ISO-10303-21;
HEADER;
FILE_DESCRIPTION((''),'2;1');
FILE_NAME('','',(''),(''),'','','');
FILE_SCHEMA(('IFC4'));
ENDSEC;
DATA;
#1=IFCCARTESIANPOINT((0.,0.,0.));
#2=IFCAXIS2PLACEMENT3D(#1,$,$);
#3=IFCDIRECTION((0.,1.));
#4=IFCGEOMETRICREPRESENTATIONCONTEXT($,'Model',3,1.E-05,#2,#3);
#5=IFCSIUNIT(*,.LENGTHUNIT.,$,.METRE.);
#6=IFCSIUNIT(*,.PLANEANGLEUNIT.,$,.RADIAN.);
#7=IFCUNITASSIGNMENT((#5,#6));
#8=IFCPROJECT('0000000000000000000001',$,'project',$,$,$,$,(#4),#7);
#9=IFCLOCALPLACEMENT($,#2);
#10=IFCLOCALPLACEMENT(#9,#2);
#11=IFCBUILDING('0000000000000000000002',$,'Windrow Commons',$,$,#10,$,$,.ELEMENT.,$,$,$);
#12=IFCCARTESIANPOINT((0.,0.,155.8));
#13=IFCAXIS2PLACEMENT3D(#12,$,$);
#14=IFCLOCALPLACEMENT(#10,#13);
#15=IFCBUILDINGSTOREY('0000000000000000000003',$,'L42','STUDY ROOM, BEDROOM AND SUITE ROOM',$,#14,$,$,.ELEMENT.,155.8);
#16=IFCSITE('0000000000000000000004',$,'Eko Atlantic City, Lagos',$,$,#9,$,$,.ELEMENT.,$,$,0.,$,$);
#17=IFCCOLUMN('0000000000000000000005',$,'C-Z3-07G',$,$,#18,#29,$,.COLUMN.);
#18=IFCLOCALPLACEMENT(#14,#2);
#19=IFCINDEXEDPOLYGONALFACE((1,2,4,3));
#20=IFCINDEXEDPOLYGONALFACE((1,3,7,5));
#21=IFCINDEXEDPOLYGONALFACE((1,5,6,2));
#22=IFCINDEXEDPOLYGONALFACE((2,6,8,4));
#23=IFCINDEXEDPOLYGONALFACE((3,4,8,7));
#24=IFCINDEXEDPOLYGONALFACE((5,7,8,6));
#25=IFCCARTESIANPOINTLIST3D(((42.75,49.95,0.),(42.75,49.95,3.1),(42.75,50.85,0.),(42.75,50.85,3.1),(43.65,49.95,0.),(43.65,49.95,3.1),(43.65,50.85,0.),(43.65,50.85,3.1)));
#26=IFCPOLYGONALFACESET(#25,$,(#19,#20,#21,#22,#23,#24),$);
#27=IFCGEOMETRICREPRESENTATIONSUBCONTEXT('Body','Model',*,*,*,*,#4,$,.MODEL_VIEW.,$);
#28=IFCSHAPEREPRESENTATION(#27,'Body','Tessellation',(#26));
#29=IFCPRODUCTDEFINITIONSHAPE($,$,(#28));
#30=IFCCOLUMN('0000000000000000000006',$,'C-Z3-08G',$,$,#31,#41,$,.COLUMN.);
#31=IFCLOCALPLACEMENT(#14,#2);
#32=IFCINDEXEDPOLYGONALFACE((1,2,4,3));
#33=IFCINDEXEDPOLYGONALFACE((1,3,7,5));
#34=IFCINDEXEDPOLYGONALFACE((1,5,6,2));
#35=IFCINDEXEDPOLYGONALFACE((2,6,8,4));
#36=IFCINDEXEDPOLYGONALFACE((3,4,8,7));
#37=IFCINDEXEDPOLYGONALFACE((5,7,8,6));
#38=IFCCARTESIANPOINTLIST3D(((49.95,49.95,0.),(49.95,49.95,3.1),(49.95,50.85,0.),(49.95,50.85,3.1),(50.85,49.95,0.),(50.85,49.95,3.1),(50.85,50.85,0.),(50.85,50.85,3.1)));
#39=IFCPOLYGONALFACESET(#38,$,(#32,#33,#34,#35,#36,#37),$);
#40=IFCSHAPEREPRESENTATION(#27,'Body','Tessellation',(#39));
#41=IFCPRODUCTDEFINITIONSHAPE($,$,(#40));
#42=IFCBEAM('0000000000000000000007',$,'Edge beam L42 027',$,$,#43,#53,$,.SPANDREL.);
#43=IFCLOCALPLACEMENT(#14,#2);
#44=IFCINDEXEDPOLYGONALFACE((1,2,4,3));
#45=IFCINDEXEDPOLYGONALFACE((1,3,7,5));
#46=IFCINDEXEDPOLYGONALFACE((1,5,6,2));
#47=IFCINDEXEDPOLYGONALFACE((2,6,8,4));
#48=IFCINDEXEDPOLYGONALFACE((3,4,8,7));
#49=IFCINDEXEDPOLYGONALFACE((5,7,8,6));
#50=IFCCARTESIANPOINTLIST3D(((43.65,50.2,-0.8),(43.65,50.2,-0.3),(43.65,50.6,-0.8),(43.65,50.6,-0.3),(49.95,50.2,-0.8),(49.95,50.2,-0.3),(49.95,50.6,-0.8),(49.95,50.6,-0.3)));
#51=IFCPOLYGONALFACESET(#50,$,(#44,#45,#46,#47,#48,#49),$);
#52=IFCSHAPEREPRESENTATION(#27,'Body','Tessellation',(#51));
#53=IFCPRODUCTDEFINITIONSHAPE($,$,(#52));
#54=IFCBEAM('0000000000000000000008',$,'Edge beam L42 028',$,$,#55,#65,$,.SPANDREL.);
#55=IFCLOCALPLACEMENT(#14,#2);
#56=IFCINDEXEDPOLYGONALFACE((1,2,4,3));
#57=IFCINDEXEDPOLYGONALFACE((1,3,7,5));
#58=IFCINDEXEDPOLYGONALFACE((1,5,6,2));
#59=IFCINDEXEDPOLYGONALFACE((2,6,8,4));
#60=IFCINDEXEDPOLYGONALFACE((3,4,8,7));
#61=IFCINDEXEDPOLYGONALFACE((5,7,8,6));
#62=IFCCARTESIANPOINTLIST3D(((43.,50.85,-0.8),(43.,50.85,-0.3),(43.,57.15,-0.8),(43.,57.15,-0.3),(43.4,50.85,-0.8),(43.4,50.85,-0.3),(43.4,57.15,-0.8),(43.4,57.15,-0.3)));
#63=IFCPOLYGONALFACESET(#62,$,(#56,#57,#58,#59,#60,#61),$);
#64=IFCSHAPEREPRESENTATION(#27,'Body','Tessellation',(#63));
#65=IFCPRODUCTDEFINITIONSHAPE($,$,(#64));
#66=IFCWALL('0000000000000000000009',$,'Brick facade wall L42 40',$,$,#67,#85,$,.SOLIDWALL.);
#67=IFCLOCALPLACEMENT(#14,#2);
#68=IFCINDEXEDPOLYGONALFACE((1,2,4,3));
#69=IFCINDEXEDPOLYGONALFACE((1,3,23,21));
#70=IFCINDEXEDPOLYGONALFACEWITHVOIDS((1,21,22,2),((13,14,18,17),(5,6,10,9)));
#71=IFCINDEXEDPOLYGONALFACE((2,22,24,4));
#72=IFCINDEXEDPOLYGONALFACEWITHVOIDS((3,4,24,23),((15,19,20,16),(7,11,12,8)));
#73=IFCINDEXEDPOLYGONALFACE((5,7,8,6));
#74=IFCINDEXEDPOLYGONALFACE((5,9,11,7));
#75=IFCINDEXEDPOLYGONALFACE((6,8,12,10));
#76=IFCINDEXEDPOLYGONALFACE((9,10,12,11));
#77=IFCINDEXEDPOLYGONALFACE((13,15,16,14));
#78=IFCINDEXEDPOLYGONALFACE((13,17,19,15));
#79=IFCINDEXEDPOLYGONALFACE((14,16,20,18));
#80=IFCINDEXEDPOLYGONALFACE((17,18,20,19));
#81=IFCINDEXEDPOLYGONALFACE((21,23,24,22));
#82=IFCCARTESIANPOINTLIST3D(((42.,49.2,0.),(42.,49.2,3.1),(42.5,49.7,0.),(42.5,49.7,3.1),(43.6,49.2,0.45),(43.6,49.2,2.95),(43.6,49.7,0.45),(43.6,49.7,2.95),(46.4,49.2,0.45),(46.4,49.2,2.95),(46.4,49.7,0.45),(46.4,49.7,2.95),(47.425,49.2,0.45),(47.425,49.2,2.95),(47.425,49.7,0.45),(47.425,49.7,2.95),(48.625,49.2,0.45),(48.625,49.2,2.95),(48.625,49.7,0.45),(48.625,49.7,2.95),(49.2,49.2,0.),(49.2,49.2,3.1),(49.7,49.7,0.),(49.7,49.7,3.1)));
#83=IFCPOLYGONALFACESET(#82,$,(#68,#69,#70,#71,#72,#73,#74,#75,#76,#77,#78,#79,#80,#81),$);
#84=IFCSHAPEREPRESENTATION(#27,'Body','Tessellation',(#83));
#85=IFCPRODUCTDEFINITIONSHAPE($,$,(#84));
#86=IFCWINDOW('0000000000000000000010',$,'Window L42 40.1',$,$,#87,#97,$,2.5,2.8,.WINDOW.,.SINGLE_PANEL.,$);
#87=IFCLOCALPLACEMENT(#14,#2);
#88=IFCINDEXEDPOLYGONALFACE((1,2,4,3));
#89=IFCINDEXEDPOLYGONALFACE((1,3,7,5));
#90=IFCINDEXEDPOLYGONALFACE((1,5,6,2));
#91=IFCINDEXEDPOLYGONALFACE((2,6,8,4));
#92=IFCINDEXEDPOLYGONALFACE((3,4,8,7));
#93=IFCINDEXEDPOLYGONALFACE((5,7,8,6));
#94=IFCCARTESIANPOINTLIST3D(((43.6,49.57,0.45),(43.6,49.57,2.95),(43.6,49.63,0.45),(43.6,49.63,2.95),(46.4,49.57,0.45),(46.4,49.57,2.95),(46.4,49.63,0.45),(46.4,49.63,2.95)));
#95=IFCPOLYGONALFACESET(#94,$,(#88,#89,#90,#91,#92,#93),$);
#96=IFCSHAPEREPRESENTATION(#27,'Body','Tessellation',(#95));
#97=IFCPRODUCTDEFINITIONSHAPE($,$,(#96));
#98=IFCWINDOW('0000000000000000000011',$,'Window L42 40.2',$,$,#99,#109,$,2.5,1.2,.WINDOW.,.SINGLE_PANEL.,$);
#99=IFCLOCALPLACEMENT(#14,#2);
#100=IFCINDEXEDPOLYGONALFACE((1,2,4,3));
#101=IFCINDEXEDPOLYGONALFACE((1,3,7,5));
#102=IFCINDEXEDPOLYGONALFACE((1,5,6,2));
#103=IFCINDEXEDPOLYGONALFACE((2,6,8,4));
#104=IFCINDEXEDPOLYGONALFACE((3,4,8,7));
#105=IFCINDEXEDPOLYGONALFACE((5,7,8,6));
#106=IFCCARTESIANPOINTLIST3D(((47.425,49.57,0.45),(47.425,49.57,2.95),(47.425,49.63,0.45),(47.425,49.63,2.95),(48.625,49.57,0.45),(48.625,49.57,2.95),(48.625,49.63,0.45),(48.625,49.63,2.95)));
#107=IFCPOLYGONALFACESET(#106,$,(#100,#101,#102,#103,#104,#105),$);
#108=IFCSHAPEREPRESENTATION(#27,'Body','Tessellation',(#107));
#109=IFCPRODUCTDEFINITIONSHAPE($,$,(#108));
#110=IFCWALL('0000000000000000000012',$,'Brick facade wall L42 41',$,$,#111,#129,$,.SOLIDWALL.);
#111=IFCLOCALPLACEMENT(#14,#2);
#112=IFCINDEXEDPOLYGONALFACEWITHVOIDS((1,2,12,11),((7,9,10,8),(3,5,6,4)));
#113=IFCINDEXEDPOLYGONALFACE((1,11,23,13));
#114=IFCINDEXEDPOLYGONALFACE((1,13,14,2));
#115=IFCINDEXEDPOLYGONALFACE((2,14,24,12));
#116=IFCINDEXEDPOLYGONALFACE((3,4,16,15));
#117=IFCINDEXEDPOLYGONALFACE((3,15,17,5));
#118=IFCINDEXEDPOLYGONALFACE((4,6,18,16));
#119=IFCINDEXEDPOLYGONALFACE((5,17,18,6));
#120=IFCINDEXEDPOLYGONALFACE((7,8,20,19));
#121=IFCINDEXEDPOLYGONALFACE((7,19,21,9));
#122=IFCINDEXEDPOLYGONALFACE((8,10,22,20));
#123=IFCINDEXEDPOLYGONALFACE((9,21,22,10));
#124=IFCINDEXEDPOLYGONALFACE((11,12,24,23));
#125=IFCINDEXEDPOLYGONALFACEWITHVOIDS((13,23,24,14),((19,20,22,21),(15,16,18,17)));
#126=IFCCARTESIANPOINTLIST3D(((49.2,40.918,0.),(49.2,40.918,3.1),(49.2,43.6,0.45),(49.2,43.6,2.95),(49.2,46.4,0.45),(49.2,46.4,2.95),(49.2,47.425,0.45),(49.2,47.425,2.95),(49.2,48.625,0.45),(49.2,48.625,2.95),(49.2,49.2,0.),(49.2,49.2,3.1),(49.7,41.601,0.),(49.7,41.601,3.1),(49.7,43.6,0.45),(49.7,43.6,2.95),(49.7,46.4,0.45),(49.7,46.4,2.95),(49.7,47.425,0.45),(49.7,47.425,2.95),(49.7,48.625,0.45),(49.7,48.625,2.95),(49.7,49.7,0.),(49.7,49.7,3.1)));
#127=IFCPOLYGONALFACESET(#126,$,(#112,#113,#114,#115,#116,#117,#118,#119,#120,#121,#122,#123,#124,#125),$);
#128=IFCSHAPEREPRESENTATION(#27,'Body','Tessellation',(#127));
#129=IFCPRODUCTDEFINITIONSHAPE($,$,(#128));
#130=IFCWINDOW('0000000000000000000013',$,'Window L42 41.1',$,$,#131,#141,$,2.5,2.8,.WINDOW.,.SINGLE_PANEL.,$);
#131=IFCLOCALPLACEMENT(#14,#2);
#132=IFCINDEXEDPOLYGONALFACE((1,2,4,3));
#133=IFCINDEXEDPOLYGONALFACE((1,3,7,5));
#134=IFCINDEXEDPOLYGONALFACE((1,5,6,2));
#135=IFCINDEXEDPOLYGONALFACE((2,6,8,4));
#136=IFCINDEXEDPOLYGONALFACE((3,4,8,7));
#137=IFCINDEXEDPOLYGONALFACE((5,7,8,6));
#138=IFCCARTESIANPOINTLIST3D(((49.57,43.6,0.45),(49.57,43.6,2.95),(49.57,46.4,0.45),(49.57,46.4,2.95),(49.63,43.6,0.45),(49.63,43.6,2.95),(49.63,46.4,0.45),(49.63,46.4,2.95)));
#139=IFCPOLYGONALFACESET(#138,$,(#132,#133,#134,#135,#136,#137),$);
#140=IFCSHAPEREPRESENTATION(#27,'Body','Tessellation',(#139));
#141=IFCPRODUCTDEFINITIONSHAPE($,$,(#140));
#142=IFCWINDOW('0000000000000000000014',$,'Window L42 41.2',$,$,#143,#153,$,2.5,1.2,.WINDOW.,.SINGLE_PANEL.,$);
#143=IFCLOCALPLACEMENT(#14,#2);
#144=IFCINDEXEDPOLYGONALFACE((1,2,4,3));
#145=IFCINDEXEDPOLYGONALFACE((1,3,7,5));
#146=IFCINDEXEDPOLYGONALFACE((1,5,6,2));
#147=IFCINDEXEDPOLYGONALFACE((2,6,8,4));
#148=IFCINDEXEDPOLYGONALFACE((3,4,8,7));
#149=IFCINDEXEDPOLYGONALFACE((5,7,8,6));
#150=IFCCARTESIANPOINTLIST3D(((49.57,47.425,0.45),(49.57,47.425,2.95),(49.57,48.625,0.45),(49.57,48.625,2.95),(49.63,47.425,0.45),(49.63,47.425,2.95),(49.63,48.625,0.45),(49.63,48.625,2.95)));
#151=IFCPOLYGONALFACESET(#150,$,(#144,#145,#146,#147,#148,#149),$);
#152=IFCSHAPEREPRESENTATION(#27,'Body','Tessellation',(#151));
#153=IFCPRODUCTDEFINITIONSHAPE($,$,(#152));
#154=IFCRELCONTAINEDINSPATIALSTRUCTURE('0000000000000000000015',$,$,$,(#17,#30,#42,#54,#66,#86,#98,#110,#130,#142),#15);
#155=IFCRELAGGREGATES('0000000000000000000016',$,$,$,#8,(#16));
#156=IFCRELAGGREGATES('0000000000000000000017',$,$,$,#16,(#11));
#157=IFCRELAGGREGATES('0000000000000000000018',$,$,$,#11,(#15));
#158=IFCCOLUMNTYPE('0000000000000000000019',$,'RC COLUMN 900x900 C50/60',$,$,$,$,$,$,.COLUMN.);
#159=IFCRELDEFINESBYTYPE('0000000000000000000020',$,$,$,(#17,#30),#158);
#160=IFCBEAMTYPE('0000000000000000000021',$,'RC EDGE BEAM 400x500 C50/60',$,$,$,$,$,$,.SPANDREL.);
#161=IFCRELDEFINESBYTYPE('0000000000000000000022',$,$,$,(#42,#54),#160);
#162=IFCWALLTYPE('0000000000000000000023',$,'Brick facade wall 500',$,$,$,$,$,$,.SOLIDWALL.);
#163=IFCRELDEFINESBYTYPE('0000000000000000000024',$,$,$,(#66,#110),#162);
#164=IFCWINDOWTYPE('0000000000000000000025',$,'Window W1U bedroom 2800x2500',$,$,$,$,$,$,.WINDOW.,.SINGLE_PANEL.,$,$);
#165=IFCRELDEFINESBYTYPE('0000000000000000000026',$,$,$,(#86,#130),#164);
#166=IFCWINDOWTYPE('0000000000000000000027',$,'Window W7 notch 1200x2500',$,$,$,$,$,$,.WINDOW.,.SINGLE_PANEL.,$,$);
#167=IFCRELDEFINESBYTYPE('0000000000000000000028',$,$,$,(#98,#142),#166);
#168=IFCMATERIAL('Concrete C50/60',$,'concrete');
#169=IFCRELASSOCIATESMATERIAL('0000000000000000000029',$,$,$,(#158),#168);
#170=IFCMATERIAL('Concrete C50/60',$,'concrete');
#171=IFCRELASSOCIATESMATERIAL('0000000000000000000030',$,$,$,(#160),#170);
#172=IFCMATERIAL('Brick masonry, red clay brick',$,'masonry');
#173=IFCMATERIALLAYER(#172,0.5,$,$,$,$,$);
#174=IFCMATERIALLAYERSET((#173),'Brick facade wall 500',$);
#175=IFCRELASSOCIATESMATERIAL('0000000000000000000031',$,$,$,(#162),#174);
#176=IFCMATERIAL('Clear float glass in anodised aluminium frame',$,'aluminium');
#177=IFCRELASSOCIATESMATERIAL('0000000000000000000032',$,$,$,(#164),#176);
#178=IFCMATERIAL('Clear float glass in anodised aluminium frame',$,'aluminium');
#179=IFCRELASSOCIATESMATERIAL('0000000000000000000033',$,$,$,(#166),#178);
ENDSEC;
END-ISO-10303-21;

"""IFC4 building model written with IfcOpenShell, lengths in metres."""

from ifc_helpers import new_model, si_unit, direction, frame, frame_2d, origin, origin_2d, place, context, subcontext, project, spatial, polyline, rectangle, outline, extrude, material, layer, layer_set, material_profile, profile_set, type_object, element, fill, save


model = new_model("IFC4")

# Units and contexts
model_context = context("Model", 3, precision=1e-05, world=origin(), true_north=direction((0.0, 1.0)))
body_context = subcontext(model_context, "Body", "Model", "MODEL_VIEW")
ifc_project = project(units=[si_unit("LENGTHUNIT", "METRE"), si_unit("PLANEANGLEUNIT", "RADIAN")], contexts=[model_context])

# Site, building, storey
site_placement = place(None, origin())
site = spatial("IfcSite", under=ifc_project, at=site_placement, Name="Eko Atlantic City, Lagos", CompositionType="ELEMENT", RefElevation=0.0)
building_placement = place(site_placement, origin())
building = spatial("IfcBuilding", under=site, at=building_placement, Name="Windrow Commons", CompositionType="ELEMENT")
storey_placement = place(building_placement, frame((0.0, 0.0, 155.8)))
storey = spatial("IfcBuildingStorey", under=building, at=storey_placement, Name="L42", Description="STUDY ROOM, BEDROOM AND SUITE ROOM", CompositionType="ELEMENT", Elevation=155.8)

# Columns
ifc_material_1 = material(Name="Concrete C50/60", Category="concrete")
ifc_material_profile_1 = material_profile(ifc_material_1, rectangle(XDim=0.9, YDim=0.9, at=origin_2d()))
ifc_profile_set_1 = profile_set([ifc_material_profile_1], Name="Concrete C50/60")
column_type = type_object("IfcColumnType", Name="RC COLUMN 900x900 C50/60", PredefinedType="COLUMN", material=ifc_profile_set_1)
for number, where, z_axis, x_axis, name in (
    (1, (43.2, 50.4, 0.0), (0.0, 0.0, 1.0), (1.0, 0.0, 0.0), "C-Z3-07G"),
    (2, (50.4, 50.4, 0.0), (0.0, 0.0, 1.0), (1.0, 0.0, 0.0), "C-Z3-08G"),
):
    element("IfcColumn", number, at=place(storey_placement, frame(where, z_axis=z_axis, x_axis=x_axis)), inside=storey, type_object=column_type, Name=name, PredefinedType="COLUMN", context=body_context, shape_type="SweptSolid", body=[
        extrude(rectangle(XDim=0.9, YDim=0.9, at=origin_2d()), origin(), (0.0, 0.0, 1.0), 3.1),
    ])

# Beams
ifc_material_2 = material(Name="Concrete C50/60", Category="concrete")
ifc_material_profile_2 = material_profile(ifc_material_2, rectangle(XDim=0.4, YDim=0.5, at=origin_2d()))
ifc_profile_set_2 = profile_set([ifc_material_profile_2], Name="Concrete C50/60")
beam_type = type_object("IfcBeamType", Name="RC EDGE BEAM 400x500 C50/60", PredefinedType="SPANDREL", material=ifc_profile_set_2)
for number, where, z_axis, x_axis, name in (
    (3, (49.95, 50.4, -0.55), (-1.0, 0.0, 0.0), (0.0, -1.0, 0.0), "Edge beam L42 027"),
    (4, (43.2, 50.85, -0.55), (0.0, 1.0, 0.0), (-1.0, 0.0, 0.0), "Edge beam L42 028"),
):
    element("IfcBeam", number, at=place(storey_placement, frame(where, z_axis=z_axis, x_axis=x_axis)), inside=storey, type_object=beam_type, Name=name, PredefinedType="SPANDREL", context=body_context, shape_type="SweptSolid", body=[
        extrude(rectangle(XDim=0.4, YDim=0.5, at=origin_2d()), origin(), (0.0, 0.0, 1.0), 6.3),
    ])

# Walls, openings, windows
ifc_material_3 = material(Name="Brick masonry, red clay brick", Category="masonry")
ifc_layer_1 = layer(ifc_material_3, 0.5)
ifc_layer_set_1 = layer_set([ifc_layer_1], Name="Brick facade wall 500")
wall_type_1 = type_object("IfcWallType", Name="Brick facade wall 500", PredefinedType="SOLIDWALL", material=ifc_layer_set_1)
wall_1_placement = place(storey_placement, frame((42.25, 49.45, 0.0), z_axis=(0.0, 0.0, 1.0), x_axis=(1.0, 0.0, 0.0)))
wall_1 = element("IfcWall", 5, at=wall_1_placement, inside=storey, type_object=wall_type_1, Name="Brick facade wall L42 40", PredefinedType="SOLIDWALL", context=body_context, shape_type="SweptSolid", body=[
    extrude(outline(polyline([(-0.25, -0.25), (6.95, -0.25), (7.45, 0.25), (0.25, 0.25), (-0.25, -0.25)])), origin(), (0.0, 0.0, 1.0), 3.1),
])
opening_1_placement = place(wall_1_placement, frame((1.35, 0.0, 0.45)))
opening_1 = element("IfcOpeningElement", 6, at=opening_1_placement, cuts=wall_1, PredefinedType="OPENING", context=body_context, shape_type="SweptSolid", body=[
    extrude(rectangle(XDim=2.8, YDim=2.5, at=frame_2d((1.4, 1.25))), frame((0.0, 0.26, 0.0), z_axis=(0.0, -1.0, 0.0), x_axis=(1.0, 0.0, 0.0)), (0.0, 0.0, 1.0), 0.52),
])
opening_2_placement = place(wall_1_placement, frame((5.175, 0.0, 0.45)))
opening_2 = element("IfcOpeningElement", 7, at=opening_2_placement, cuts=wall_1, PredefinedType="OPENING", context=body_context, shape_type="SweptSolid", body=[
    extrude(rectangle(XDim=1.2, YDim=2.5, at=frame_2d((0.6, 1.25))), frame((0.0, 0.26, 0.0), z_axis=(0.0, -1.0, 0.0), x_axis=(1.0, 0.0, 0.0)), (0.0, 0.0, 1.0), 0.52),
])
ifc_material_4 = material(Name="Clear float glass in anodised aluminium frame", Category="aluminium")
window_type_1 = type_object("IfcWindowType", Name="Window W1U bedroom 2800x2500", PartitioningType="SINGLE_PANEL", PredefinedType="WINDOW", material=ifc_material_4)
window_1_placement = place(opening_1_placement, origin())
window_1 = element("IfcWindow", 8, at=window_1_placement, inside=storey, type_object=window_type_1, Name="Window L42 40.1", OverallHeight=2.5, OverallWidth=2.8, PartitioningType="SINGLE_PANEL", PredefinedType="WINDOW", context=body_context, shape_type="SweptSolid", body=[
    extrude(rectangle(XDim=2.8, YDim=2.5, at=frame_2d((1.4, 1.25))), frame((0.0, 0.18, 0.0), z_axis=(0.0, -1.0, 0.0), x_axis=(1.0, 0.0, 0.0)), (0.0, 0.0, 1.0), 0.06),
])
fill(opening_1, window_1)
ifc_material_5 = material(Name="Clear float glass in anodised aluminium frame", Category="aluminium")
window_type_2 = type_object("IfcWindowType", Name="Window W7 notch 1200x2500", PartitioningType="SINGLE_PANEL", PredefinedType="WINDOW", material=ifc_material_5)
window_2_placement = place(opening_2_placement, origin())
window_2 = element("IfcWindow", 9, at=window_2_placement, inside=storey, type_object=window_type_2, Name="Window L42 40.2", OverallHeight=2.5, OverallWidth=1.2, PartitioningType="SINGLE_PANEL", PredefinedType="WINDOW", context=body_context, shape_type="SweptSolid", body=[
    extrude(rectangle(XDim=1.2, YDim=2.5, at=frame_2d((0.6, 1.25))), frame((0.0, 0.18, 0.0), z_axis=(0.0, -1.0, 0.0), x_axis=(1.0, 0.0, 0.0)), (0.0, 0.0, 1.0), 0.06),
])
fill(opening_2, window_2)
wall_2_placement = place(storey_placement, frame((49.45, 49.45, 0.0), z_axis=(0.0, 0.0, 1.0), x_axis=(0.0, -1.0, 0.0)))
wall_2 = element("IfcWall", 10, at=wall_2_placement, inside=storey, type_object=wall_type_1, Name="Brick facade wall L42 41", PredefinedType="SOLIDWALL", context=body_context, shape_type="SweptSolid", body=[
    extrude(outline(polyline([(0.25, -0.25), (8.532, -0.25), (7.849, 0.25), (-0.25, 0.25), (0.25, -0.25)])), origin(), (0.0, 0.0, 1.0), 3.1),
])
opening_3_placement = place(wall_2_placement, frame((3.05, 0.0, 0.45)))
opening_3 = element("IfcOpeningElement", 11, at=opening_3_placement, cuts=wall_2, PredefinedType="OPENING", context=body_context, shape_type="SweptSolid", body=[
    extrude(rectangle(XDim=2.8, YDim=2.5, at=frame_2d((1.4, 1.25))), frame((0.0, 0.26, 0.0), z_axis=(0.0, -1.0, 0.0), x_axis=(1.0, 0.0, 0.0)), (0.0, 0.0, 1.0), 0.52),
])
opening_4_placement = place(wall_2_placement, frame((0.825, 0.0, 0.45)))
opening_4 = element("IfcOpeningElement", 12, at=opening_4_placement, cuts=wall_2, PredefinedType="OPENING", context=body_context, shape_type="SweptSolid", body=[
    extrude(rectangle(XDim=1.2, YDim=2.5, at=frame_2d((0.6, 1.25))), frame((0.0, 0.26, 0.0), z_axis=(0.0, -1.0, 0.0), x_axis=(1.0, 0.0, 0.0)), (0.0, 0.0, 1.0), 0.52),
])
window_3_placement = place(opening_3_placement, origin())
window_3 = element("IfcWindow", 13, at=window_3_placement, inside=storey, type_object=window_type_1, Name="Window L42 41.1", OverallHeight=2.5, OverallWidth=2.8, PartitioningType="SINGLE_PANEL", PredefinedType="WINDOW", context=body_context, shape_type="SweptSolid", body=[
    extrude(rectangle(XDim=2.8, YDim=2.5, at=frame_2d((1.4, 1.25))), frame((0.0, 0.18, 0.0), z_axis=(0.0, -1.0, 0.0), x_axis=(1.0, 0.0, 0.0)), (0.0, 0.0, 1.0), 0.06),
])
fill(opening_3, window_3)
window_4_placement = place(opening_4_placement, origin())
window_4 = element("IfcWindow", 14, at=window_4_placement, inside=storey, type_object=window_type_2, Name="Window L42 41.2", OverallHeight=2.5, OverallWidth=1.2, PartitioningType="SINGLE_PANEL", PredefinedType="WINDOW", context=body_context, shape_type="SweptSolid", body=[
    extrude(rectangle(XDim=1.2, YDim=2.5, at=frame_2d((0.6, 1.25))), frame((0.0, 0.18, 0.0), z_axis=(0.0, -1.0, 0.0), x_axis=(1.0, 0.0, 0.0)), (0.0, 0.0, 1.0), 0.06),
])
fill(opening_4, window_4)

save(model, "model.ifc")
